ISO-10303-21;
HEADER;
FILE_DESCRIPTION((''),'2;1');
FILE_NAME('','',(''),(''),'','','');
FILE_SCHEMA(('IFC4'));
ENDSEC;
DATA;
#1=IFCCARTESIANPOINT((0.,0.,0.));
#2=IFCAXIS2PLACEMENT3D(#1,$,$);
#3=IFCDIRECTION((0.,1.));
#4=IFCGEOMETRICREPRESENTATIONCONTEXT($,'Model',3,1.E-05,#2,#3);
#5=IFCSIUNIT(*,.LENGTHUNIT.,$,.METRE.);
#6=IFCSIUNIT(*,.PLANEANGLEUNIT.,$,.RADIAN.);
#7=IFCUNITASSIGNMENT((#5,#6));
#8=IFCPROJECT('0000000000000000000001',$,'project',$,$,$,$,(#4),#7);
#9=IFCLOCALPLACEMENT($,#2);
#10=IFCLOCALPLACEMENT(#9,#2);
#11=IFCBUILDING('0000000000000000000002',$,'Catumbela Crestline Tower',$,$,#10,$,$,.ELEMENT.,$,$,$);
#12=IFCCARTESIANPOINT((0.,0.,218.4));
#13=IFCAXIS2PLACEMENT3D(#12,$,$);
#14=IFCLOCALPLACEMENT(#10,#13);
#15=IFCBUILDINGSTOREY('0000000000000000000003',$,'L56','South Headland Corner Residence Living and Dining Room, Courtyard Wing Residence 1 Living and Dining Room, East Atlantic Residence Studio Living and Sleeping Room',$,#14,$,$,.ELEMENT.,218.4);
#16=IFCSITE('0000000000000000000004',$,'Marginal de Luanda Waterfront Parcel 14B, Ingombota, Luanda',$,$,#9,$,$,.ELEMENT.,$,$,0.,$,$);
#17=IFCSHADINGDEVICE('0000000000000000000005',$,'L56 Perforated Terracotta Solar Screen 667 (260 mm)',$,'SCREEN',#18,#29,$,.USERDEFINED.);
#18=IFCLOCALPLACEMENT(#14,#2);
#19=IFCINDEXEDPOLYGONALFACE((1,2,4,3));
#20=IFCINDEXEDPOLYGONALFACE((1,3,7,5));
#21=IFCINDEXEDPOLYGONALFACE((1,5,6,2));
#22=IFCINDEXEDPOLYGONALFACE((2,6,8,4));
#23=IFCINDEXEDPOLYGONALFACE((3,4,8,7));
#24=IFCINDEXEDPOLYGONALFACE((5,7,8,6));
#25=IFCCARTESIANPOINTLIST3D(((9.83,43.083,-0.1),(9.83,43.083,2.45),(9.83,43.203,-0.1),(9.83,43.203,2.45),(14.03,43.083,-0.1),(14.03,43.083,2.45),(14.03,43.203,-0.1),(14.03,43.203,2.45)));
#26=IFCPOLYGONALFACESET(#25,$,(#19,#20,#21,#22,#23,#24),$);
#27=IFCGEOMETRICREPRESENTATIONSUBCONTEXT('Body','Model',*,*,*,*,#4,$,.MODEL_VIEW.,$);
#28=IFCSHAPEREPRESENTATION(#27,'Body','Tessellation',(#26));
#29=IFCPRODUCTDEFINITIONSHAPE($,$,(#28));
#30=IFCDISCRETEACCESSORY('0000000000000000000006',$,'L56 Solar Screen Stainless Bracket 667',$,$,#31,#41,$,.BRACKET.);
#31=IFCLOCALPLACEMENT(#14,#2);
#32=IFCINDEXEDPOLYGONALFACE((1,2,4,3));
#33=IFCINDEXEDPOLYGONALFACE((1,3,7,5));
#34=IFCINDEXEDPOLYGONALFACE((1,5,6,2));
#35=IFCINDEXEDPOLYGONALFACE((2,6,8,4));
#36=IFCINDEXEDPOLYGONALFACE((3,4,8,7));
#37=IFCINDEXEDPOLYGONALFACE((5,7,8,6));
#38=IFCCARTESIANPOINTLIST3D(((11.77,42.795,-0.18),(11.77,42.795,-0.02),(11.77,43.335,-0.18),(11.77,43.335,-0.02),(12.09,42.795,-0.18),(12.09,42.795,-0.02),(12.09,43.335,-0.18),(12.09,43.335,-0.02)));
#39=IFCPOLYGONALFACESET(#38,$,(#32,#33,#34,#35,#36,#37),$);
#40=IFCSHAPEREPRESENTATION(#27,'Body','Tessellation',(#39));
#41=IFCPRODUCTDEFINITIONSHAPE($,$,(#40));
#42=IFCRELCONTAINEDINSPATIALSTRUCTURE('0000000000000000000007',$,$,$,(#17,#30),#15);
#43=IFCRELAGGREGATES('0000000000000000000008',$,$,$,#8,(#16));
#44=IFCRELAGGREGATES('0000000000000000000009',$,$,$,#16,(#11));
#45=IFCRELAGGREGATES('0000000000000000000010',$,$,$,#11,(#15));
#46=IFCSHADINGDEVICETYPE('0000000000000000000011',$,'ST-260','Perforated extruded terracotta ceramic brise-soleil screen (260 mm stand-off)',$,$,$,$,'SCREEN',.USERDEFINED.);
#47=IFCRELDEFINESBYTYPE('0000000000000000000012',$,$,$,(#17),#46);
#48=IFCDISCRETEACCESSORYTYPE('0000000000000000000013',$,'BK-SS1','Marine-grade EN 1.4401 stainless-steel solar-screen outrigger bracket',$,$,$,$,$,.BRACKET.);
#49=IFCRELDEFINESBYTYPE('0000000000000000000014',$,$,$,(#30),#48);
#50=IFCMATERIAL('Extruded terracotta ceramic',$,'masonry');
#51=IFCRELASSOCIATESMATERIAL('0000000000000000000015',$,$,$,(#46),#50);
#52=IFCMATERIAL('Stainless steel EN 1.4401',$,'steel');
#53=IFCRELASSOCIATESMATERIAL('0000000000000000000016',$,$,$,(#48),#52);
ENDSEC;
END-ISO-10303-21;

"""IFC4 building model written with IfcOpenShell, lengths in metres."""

from ifc_helpers import new_model, si_unit, direction, frame, origin, origin_2d, place, context, subcontext, project, spatial, rectangle, extrude, material, type_object, element, save


model = new_model("IFC4")

# Units and contexts
model_context = context("Model", 3, precision=1e-05, world=origin(), true_north=direction((0.0, 1.0)))
body_context = subcontext(model_context, "Body", "Model", "MODEL_VIEW")
ifc_project = project(units=[si_unit("LENGTHUNIT", "METRE"), si_unit("PLANEANGLEUNIT", "RADIAN")], contexts=[model_context])

# Site, building, storey
site_placement = place(None, origin())
site = spatial("IfcSite", under=ifc_project, at=site_placement, Name="Marginal de Luanda Waterfront Parcel 14B, Ingombota, Luanda", CompositionType="ELEMENT", RefElevation=0.0)
building_placement = place(site_placement, origin())
building = spatial("IfcBuilding", under=site, at=building_placement, Name="Catumbela Crestline Tower", CompositionType="ELEMENT")
storey_placement = place(building_placement, frame((0.0, 0.0, 218.4)))
storey = spatial("IfcBuildingStorey", under=building, at=storey_placement, Name="L56", Description="South Headland Corner Residence Living and Dining Room, Courtyard Wing Residence 1 Living and Dining Room, East Atlantic Residence Studio Living and Sleeping Room", CompositionType="ELEMENT", Elevation=218.4)

# Shared definitions
ifc_material_1 = material(Name="Stainless steel EN 1.4401", Category="steel")

# Shading device
ifc_material_2 = material(Name="Extruded terracotta ceramic", Category="masonry")
shading_device_type = type_object("IfcShadingDeviceType", Name="ST-260", Description="Perforated extruded terracotta ceramic brise-soleil screen (260 mm stand-off)", ElementType="SCREEN", PredefinedType="USERDEFINED", material=ifc_material_2)
shading_device_placement = place(storey_placement, frame((11.93, 43.143, -0.1), z_axis=(0.0, 0.0, 1.0), x_axis=(-1.0, 0.0, 0.0)))
element("IfcShadingDevice", 1, at=shading_device_placement, inside=storey, type_object=shading_device_type, Name="L56 Perforated Terracotta Solar Screen 667 (260 mm)", ObjectType="SCREEN", PredefinedType="USERDEFINED", context=body_context, shape_type="SweptSolid", body=[
    extrude(rectangle(XDim=4.2, YDim=0.12, at=origin_2d()), origin(), (0.0, 0.0, 1.0), 2.55),
])

# Discrete accessory
discrete_accessory_type = type_object("IfcDiscreteAccessoryType", Name="BK-SS1", Description="Marine-grade EN 1.4401 stainless-steel solar-screen outrigger bracket", PredefinedType="BRACKET", material=ifc_material_1)
discrete_accessory_placement = place(storey_placement, frame((11.93, 43.065, -0.18), z_axis=(0.0, 0.0, 1.0), x_axis=(-1.0, 0.0, 0.0)))
element("IfcDiscreteAccessory", 2, at=discrete_accessory_placement, inside=storey, type_object=discrete_accessory_type, Name="L56 Solar Screen Stainless Bracket 667", PredefinedType="BRACKET", context=body_context, shape_type="SweptSolid", body=[
    extrude(rectangle(XDim=0.32, YDim=0.54, at=origin_2d()), origin(), (0.0, 0.0, 1.0), 0.16),
])

save(model, "model.ifc")
